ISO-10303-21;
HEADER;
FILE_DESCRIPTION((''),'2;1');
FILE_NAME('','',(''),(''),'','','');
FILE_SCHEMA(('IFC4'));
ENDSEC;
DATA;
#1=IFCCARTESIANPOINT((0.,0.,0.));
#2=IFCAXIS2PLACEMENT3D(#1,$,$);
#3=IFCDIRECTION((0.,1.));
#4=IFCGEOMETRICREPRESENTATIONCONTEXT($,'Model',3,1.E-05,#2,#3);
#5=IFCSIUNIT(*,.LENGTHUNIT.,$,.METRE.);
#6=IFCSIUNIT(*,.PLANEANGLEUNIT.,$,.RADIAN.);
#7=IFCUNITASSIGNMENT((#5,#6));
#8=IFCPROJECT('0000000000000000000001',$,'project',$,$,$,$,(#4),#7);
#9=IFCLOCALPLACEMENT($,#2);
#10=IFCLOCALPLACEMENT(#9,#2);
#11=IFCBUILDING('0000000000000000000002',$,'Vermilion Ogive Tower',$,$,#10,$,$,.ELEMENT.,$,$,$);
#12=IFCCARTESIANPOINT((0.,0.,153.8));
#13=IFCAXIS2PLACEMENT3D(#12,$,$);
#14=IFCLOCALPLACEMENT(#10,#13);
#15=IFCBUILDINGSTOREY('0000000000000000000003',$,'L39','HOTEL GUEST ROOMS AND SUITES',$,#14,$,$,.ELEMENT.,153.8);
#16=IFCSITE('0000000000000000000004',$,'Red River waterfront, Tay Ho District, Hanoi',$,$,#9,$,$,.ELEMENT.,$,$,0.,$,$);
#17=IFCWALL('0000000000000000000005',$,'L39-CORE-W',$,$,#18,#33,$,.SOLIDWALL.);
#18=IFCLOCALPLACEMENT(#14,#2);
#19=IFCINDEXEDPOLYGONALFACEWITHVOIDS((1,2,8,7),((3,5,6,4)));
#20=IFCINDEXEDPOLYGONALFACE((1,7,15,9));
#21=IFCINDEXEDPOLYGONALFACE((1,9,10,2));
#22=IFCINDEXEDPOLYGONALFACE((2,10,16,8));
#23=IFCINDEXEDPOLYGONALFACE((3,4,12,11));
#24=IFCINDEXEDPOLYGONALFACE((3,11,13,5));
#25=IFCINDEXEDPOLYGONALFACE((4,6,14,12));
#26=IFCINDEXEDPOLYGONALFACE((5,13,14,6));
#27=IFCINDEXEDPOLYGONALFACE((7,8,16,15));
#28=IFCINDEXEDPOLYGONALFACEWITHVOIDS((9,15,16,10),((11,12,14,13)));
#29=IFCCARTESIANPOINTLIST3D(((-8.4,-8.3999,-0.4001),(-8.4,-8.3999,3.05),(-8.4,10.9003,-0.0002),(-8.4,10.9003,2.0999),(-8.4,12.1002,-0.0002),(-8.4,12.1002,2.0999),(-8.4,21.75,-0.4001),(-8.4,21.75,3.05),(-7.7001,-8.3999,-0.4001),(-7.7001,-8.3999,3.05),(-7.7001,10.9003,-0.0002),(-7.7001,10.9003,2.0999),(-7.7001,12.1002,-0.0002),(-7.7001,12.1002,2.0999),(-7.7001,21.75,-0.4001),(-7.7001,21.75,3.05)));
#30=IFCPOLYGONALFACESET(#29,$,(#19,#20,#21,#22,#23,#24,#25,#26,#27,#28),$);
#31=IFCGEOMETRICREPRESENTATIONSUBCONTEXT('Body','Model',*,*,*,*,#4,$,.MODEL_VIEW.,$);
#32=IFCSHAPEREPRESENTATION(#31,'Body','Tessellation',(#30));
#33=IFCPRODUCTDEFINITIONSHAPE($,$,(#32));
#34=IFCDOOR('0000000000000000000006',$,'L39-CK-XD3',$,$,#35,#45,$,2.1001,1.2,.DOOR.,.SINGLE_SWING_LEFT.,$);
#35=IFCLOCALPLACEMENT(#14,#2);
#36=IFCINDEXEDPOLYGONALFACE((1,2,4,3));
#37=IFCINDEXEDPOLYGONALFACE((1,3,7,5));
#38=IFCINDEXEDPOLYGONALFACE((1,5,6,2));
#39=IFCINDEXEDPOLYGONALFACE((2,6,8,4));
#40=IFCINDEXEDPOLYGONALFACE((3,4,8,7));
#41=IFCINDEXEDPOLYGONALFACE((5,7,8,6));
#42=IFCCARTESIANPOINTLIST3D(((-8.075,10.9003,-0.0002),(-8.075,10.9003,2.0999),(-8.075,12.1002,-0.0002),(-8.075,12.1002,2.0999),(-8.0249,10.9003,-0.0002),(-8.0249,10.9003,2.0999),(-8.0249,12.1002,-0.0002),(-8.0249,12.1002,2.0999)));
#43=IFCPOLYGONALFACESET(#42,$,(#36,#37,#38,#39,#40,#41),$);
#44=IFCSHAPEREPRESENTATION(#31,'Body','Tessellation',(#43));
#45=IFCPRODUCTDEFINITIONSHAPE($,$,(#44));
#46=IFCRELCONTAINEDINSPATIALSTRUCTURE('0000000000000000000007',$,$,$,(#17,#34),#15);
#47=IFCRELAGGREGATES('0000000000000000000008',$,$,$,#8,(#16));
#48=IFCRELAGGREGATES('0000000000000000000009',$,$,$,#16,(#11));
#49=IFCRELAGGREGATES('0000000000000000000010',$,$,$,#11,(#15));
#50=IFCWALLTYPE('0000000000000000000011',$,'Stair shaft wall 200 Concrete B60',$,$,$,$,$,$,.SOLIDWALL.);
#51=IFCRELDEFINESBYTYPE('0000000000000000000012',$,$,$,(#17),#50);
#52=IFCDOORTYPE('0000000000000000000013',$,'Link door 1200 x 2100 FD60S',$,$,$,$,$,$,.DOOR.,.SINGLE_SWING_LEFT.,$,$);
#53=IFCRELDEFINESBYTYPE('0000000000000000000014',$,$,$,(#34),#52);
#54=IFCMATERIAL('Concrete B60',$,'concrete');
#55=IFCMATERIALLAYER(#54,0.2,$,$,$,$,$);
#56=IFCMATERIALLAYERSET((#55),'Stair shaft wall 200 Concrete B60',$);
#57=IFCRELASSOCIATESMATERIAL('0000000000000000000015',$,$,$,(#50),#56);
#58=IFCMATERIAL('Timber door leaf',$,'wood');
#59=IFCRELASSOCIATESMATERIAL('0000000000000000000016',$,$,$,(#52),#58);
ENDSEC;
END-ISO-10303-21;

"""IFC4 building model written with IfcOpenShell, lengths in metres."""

from ifc_helpers import new_model, si_unit, direction, frame, frame_2d, origin, place, context, subcontext, project, spatial, rectangle, extrude, material, layer, layer_set, type_object, element, fill, save


model = new_model("IFC4")

# Units and contexts
model_context = context("Model", 3, precision=1e-05, world=origin(), true_north=direction((0.0, 1.0)))
body_context = subcontext(model_context, "Body", "Model", "MODEL_VIEW")
ifc_project = project(units=[si_unit("LENGTHUNIT", "METRE"), si_unit("PLANEANGLEUNIT", "RADIAN")], contexts=[model_context])

# Site, building, storey
site_placement = place(None, origin())
site = spatial("IfcSite", under=ifc_project, at=site_placement, Name="Red River waterfront, Tay Ho District, Hanoi", CompositionType="ELEMENT", RefElevation=0.0)
building_placement = place(site_placement, origin())
building = spatial("IfcBuilding", under=site, at=building_placement, Name="Vermilion Ogive Tower", CompositionType="ELEMENT")
storey_placement = place(building_placement, frame((0.0, 0.0, 153.8)))
storey = spatial("IfcBuildingStorey", under=building, at=storey_placement, Name="L39", Description="HOTEL GUEST ROOMS AND SUITES", CompositionType="ELEMENT", Elevation=153.8)

# Wall, opening, door
ifc_material_1 = material(Name="Concrete B60", Category="concrete")
ifc_layer_1 = layer(ifc_material_1, 0.2)
ifc_layer_set_1 = layer_set([ifc_layer_1], Name="Stair shaft wall 200 Concrete B60")
wall_type_1 = type_object("IfcWallType", Name="Stair shaft wall 200 Concrete B60", PredefinedType="SOLIDWALL", material=ifc_layer_set_1)
wall_1_placement = place(storey_placement, frame((-8.05, -8.3999, -0.4001), z_axis=(0.0, 0.0, 1.0), x_axis=(0.0, 1.0, 0.0)))
wall_1 = element("IfcWall", 1, at=wall_1_placement, inside=storey, type_object=wall_type_1, Name="L39-CORE-W", PredefinedType="SOLIDWALL", context=body_context, shape_type="SweptSolid", body=[
    extrude(rectangle(XDim=30.1499, YDim=0.7, at=frame_2d((15.075, 0.0))), origin(), (0.0, 0.0, 1.0), 3.4502),
])
opening_1_placement = place(wall_1_placement, frame((19.3, 0.0, 0.3999)))
opening_1 = element("IfcOpeningElement", 2, at=opening_1_placement, cuts=wall_1, PredefinedType="OPENING", context=body_context, shape_type="SweptSolid", body=[
    extrude(rectangle(XDim=1.2, YDim=2.1001, at=frame_2d((0.6001, 1.05))), frame((0.0, 0.3599, 0.0), z_axis=(0.0, -1.0, 0.0), x_axis=(1.0, 0.0, 0.0)), (0.0, 0.0, 1.0), 0.72),
])
ifc_material_2 = material(Name="Timber door leaf", Category="wood")
door_type_1 = type_object("IfcDoorType", Name="Link door 1200 x 2100 FD60S", OperationType="SINGLE_SWING_LEFT", PredefinedType="DOOR", material=ifc_material_2)
door_1_placement = place(opening_1_placement, origin())
door_1 = element("IfcDoor", 3, at=door_1_placement, inside=storey, type_object=door_type_1, Name="L39-CK-XD3", OperationType="SINGLE_SWING_LEFT", OverallHeight=2.1001, OverallWidth=1.2, PredefinedType="DOOR", context=body_context, shape_type="SweptSolid", body=[
    extrude(rectangle(XDim=1.2, YDim=2.1001, at=frame_2d((0.6001, 1.05))), frame((0.0, 0.0249, 0.0), z_axis=(0.0, -1.0, 0.0), x_axis=(1.0, 0.0, 0.0)), (0.0, 0.0, 1.0), 0.05),
])
fill(opening_1, door_1)

save(model, "model.ifc")
